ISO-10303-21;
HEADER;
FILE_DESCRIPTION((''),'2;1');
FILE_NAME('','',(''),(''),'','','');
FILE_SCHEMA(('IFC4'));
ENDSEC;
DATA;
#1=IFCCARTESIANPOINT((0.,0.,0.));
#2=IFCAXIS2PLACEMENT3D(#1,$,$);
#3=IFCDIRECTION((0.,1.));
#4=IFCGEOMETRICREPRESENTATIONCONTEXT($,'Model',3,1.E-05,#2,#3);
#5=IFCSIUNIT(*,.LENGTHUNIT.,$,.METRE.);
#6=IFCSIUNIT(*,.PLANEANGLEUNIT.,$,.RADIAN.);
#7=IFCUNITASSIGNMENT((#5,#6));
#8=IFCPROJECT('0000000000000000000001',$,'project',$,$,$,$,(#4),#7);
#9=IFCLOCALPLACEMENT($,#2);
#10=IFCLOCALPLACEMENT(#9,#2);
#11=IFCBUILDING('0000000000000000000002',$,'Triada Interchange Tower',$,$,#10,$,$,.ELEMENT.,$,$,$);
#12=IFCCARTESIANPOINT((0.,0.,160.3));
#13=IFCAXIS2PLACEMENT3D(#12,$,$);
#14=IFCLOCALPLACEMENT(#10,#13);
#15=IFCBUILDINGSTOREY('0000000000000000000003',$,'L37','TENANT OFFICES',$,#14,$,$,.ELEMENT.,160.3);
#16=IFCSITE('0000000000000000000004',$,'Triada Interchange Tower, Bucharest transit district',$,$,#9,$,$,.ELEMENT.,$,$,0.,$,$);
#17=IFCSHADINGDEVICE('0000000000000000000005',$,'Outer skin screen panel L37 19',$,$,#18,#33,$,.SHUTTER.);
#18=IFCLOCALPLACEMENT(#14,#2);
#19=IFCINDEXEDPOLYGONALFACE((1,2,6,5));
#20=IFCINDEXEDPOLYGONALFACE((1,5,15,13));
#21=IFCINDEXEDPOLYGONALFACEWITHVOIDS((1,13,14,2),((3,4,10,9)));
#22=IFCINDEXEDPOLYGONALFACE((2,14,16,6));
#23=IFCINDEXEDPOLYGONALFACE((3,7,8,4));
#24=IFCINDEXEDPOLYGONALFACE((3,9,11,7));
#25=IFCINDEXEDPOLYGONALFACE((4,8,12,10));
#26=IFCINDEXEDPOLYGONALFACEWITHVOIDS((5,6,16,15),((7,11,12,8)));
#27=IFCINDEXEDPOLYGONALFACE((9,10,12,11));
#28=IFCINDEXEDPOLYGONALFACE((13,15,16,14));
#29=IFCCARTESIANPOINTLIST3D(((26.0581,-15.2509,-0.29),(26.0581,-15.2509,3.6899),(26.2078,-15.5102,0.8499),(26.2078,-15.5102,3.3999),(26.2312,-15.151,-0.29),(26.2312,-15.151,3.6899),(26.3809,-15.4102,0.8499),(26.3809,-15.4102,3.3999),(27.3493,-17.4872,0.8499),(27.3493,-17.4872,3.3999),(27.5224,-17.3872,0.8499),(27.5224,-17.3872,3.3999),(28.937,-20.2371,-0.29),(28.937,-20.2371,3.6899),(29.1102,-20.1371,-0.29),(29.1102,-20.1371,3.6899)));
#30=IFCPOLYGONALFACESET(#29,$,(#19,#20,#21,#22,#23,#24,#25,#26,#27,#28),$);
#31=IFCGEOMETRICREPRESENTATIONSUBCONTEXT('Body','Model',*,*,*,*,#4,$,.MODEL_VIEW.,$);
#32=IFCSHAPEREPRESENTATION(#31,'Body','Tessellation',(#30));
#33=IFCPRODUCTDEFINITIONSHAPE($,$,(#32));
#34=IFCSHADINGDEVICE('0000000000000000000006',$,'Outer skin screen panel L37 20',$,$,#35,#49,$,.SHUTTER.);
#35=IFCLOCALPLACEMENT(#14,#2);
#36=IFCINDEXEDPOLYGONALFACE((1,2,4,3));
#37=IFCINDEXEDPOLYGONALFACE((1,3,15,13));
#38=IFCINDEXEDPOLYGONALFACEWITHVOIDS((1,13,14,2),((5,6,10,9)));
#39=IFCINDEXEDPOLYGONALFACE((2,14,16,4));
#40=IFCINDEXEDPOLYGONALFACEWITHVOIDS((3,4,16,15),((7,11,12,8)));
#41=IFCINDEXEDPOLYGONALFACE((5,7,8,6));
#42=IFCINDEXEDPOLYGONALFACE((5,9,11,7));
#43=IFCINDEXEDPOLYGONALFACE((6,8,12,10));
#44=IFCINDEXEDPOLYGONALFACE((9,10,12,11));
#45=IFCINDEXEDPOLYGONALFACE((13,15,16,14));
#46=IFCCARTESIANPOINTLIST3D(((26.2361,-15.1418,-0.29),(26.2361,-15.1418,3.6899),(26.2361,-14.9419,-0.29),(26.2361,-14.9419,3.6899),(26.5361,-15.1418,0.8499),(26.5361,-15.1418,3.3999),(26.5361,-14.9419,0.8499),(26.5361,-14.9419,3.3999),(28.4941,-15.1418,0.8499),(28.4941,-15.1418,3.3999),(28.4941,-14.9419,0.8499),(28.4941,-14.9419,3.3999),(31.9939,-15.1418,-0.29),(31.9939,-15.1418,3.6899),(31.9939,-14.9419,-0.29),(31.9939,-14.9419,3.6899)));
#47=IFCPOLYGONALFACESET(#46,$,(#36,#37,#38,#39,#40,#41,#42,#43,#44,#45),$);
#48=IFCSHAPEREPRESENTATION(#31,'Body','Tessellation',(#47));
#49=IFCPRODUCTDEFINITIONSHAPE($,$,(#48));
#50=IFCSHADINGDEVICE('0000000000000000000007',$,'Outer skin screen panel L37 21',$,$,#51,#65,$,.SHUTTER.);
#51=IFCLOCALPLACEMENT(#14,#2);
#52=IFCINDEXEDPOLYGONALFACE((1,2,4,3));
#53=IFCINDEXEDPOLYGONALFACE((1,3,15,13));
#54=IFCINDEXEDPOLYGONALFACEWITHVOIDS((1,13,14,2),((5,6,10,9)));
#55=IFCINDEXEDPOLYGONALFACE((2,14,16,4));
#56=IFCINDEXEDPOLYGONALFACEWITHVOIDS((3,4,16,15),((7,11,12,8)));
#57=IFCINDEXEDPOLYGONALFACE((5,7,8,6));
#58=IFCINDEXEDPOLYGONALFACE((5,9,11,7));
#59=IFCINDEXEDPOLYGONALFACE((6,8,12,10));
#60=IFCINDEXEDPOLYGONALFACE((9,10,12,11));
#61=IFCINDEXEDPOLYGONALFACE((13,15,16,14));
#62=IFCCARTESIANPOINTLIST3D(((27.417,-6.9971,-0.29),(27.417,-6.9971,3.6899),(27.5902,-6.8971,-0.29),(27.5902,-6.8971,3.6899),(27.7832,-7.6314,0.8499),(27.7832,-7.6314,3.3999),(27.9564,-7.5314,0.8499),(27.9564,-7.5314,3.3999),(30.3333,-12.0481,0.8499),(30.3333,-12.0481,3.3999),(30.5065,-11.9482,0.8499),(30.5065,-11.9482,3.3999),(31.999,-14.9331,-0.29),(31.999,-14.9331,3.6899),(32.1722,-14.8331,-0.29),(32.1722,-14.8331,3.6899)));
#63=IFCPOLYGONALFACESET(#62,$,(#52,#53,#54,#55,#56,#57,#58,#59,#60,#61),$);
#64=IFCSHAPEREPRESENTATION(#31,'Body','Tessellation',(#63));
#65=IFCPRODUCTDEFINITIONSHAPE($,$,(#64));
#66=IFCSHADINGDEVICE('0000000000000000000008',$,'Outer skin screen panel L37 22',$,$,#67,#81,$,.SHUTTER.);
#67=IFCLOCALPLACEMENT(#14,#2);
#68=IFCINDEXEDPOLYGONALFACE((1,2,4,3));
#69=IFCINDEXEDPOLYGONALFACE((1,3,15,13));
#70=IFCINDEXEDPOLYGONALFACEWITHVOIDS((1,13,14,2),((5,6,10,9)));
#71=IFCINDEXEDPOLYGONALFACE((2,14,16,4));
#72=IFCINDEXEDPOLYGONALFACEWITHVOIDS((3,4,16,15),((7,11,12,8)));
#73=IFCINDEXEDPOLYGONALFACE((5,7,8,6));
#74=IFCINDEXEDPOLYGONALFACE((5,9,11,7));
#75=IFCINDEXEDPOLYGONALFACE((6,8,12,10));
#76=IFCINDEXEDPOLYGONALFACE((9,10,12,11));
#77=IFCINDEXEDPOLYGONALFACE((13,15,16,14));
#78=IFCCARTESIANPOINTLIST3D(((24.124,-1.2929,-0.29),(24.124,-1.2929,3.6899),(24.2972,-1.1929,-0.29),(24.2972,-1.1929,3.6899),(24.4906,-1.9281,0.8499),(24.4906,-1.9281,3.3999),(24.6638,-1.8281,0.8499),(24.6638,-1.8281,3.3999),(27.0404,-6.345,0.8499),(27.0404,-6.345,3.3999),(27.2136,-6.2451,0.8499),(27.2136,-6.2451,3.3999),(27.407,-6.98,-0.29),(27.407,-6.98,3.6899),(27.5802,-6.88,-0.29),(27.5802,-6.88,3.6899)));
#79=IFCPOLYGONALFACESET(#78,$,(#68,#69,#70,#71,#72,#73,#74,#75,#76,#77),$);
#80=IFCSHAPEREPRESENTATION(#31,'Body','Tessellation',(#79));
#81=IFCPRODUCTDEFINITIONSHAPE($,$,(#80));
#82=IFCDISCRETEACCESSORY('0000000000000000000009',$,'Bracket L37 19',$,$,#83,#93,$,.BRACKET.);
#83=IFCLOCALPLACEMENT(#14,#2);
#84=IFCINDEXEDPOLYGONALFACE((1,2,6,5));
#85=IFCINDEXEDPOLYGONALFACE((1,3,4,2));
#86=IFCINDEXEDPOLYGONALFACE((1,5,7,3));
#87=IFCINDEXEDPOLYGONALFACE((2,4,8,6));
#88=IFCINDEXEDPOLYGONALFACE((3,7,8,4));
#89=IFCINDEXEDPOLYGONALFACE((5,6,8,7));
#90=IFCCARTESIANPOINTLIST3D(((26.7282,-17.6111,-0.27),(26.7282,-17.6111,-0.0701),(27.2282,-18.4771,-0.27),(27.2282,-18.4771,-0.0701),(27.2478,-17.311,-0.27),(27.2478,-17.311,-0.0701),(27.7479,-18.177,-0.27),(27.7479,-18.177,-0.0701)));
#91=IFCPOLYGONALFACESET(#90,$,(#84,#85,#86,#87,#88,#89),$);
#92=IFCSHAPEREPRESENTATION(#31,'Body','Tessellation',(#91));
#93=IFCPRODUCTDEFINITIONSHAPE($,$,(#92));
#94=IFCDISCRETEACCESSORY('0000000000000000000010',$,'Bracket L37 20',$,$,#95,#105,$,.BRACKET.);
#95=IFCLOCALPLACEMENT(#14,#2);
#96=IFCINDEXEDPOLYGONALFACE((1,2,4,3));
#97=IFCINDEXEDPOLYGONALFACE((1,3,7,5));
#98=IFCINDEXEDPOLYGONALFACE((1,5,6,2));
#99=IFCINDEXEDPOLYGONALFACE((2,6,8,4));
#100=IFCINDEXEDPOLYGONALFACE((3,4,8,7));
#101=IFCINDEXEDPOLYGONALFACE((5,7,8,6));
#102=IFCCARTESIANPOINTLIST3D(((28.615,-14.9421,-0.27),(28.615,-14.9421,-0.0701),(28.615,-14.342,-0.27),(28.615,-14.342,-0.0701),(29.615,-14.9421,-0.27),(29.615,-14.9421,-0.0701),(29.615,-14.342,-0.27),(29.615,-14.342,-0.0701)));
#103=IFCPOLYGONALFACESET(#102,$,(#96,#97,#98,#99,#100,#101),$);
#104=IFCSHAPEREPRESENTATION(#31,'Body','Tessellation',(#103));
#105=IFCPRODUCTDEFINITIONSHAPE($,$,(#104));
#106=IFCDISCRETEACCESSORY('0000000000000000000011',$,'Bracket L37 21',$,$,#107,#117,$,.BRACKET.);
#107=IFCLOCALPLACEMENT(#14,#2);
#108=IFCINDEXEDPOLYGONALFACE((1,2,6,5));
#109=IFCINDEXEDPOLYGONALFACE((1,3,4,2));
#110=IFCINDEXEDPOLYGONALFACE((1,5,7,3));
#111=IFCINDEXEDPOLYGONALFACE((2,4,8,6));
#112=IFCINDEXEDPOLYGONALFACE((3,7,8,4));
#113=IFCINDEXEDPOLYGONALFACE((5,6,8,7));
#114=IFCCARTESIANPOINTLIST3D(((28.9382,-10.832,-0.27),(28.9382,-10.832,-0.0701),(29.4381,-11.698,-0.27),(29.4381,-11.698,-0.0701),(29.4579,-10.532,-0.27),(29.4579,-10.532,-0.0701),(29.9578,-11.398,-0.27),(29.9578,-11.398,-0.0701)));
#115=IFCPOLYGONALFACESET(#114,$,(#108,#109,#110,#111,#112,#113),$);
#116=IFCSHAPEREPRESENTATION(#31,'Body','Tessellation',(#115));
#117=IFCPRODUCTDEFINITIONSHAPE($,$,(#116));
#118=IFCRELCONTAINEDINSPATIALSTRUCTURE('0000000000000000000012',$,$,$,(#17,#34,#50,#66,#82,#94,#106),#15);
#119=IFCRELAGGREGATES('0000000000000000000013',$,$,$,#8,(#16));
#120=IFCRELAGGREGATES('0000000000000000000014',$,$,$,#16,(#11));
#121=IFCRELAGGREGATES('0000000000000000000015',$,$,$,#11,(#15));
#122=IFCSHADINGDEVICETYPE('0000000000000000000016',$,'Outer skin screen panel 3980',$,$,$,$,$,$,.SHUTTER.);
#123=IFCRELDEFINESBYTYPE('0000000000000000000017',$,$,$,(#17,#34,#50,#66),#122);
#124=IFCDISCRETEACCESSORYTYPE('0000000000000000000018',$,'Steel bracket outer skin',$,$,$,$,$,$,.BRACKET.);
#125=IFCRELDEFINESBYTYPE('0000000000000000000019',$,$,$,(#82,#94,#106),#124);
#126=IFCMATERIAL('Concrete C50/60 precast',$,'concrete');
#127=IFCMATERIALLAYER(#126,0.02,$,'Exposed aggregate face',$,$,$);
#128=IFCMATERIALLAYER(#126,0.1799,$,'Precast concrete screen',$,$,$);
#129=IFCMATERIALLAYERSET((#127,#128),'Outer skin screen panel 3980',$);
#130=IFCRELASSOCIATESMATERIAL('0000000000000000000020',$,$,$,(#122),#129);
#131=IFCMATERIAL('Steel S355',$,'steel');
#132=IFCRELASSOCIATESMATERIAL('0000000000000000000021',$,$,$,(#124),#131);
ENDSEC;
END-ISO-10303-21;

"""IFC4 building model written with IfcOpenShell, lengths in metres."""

from ifc_helpers import new_model, si_unit, direction, frame, origin, origin_2d, place, context, subcontext, project, spatial, polyline, rectangle, outline, extrude, material, layer, layer_set, type_object, element, save


model = new_model("IFC4")

# Units and contexts
model_context = context("Model", 3, precision=1e-05, world=origin(), true_north=direction((0.0, 1.0)))
body_context = subcontext(model_context, "Body", "Model", "MODEL_VIEW")
ifc_project = project(units=[si_unit("LENGTHUNIT", "METRE"), si_unit("PLANEANGLEUNIT", "RADIAN")], contexts=[model_context])

# Site, building, storey
site_placement = place(None, origin())
site = spatial("IfcSite", under=ifc_project, at=site_placement, Name="Triada Interchange Tower, Bucharest transit district", CompositionType="ELEMENT", RefElevation=0.0)
building_placement = place(site_placement, origin())
building = spatial("IfcBuilding", under=site, at=building_placement, Name="Triada Interchange Tower", CompositionType="ELEMENT")
storey_placement = place(building_placement, frame((0.0, 0.0, 160.3)))
storey = spatial("IfcBuildingStorey", under=building, at=storey_placement, Name="L37", Description="TENANT OFFICES", CompositionType="ELEMENT", Elevation=160.3)

# Shading devices
ifc_material_1 = material(Name="Concrete C50/60 precast", Category="concrete")
ifc_layer_1 = layer(ifc_material_1, 0.02, Name="Exposed aggregate face")
ifc_layer_2 = layer(ifc_material_1, 0.1799, Name="Precast concrete screen")
ifc_layer_set_1 = layer_set([ifc_layer_1, ifc_layer_2], Name="Outer skin screen panel 3980")
shading_device_type = type_object("IfcShadingDeviceType", Name="Outer skin screen panel 3980", PredefinedType="SHUTTER", material=ifc_layer_set_1)
shading_device_1_placement = place(storey_placement, frame((28.937, -20.2371, -0.29), z_axis=(0.0, 0.0, 1.0), x_axis=(-0.500025, 0.866011, 0.0)))
element("IfcShadingDevice", 1, at=shading_device_1_placement, inside=storey, type_object=shading_device_type, Name="Outer skin screen panel L37 19", PredefinedType="SHUTTER", context=body_context, shape_type="SweptSolid", body=[
    extrude(outline(polyline([(0.0, 0.0), (5.7576, 0.0), (5.7576, 3.98), (0.0, 3.98), (0.0, 0.0)]), holes=[polyline([(3.1753, 1.1399), (3.1753, 3.6899), (5.4583, 3.6899), (5.4583, 1.1399), (3.1753, 1.1399)])]), frame((0.0, 0.0, 0.0), z_axis=(0.0, -1.0, 0.0), x_axis=(1.0, 0.0, 0.0)), (0.0, 0.0, 1.0), 0.2),
])
shading_device_2_placement = place(storey_placement, frame((26.2361, -14.9419, -0.29), z_axis=(0.0, 0.0, 1.0), x_axis=(1.0, 0.0, 0.0)))
element("IfcShadingDevice", 2, at=shading_device_2_placement, inside=storey, type_object=shading_device_type, Name="Outer skin screen panel L37 20", PredefinedType="SHUTTER", context=body_context, shape_type="SweptSolid", body=[
    extrude(outline(polyline([(0.0, 0.0), (5.7578, 0.0), (5.7578, 3.98), (0.0, 3.98), (0.0, 0.0)]), holes=[polyline([(0.3, 1.1399), (0.3, 3.6899), (2.2581, 3.6899), (2.2581, 1.1399), (0.3, 1.1399)])]), frame((0.0, 0.0, 0.0), z_axis=(0.0, -1.0, 0.0), x_axis=(1.0, 0.0, 0.0)), (0.0, 0.0, 1.0), 0.2),
])
shading_device_3_placement = place(storey_placement, frame((31.999, -14.9331, -0.29), z_axis=(0.0, 0.0, 1.0), x_axis=(-0.500013, 0.866018, 0.0)))
element("IfcShadingDevice", 3, at=shading_device_3_placement, inside=storey, type_object=shading_device_type, Name="Outer skin screen panel L37 21", PredefinedType="SHUTTER", context=body_context, shape_type="SweptSolid", body=[
    extrude(outline(polyline([(0.0, 0.0), (9.1638, 0.0), (9.1638, 3.98), (0.0, 3.98), (0.0, 0.0)]), holes=[polyline([(3.3313, 1.1399), (3.3313, 3.6899), (8.4314, 3.6899), (8.4314, 1.1399), (3.3313, 1.1399)])]), frame((0.0, 0.0, 0.0), z_axis=(0.0, -1.0, 0.0), x_axis=(1.0, 0.0, 0.0)), (0.0, 0.0, 1.0), 0.2),
])
shading_device_4_placement = place(storey_placement, frame((27.407, -6.98, -0.29), z_axis=(0.0, 0.0, 1.0), x_axis=(-0.49995, 0.866054, 0.0)))
element("IfcShadingDevice", 4, at=shading_device_4_placement, inside=storey, type_object=shading_device_type, Name="Outer skin screen panel L37 22", PredefinedType="SHUTTER", context=body_context, shape_type="SweptSolid", body=[
    extrude(outline(polyline([(0.0, 0.0), (6.5667, 0.0), (6.5667, 3.98), (0.0, 3.98), (0.0, 0.0)]), holes=[polyline([(0.7332, 1.1399), (0.7332, 3.6899), (5.8333, 3.6899), (5.8333, 1.1399), (0.7332, 1.1399)])]), frame((0.0, 0.0, 0.0), z_axis=(0.0, -1.0, 0.0), x_axis=(1.0, 0.0, 0.0)), (0.0, 0.0, 1.0), 0.2),
])

# Discrete accessories
ifc_material_2 = material(Name="Steel S355", Category="steel")
discrete_accessory_type = type_object("IfcDiscreteAccessoryType", Name="Steel bracket outer skin", PredefinedType="BRACKET", material=ifc_material_2)
for number, where, z_axis, x_axis, name in (
    (5, (27.238, -17.894, -0.27), (0.0, 0.0, 1.0), (0.865973, 0.50009, 0.0), "Bracket L37 19"),
    (6, (29.115, -14.6421, -0.27), (0.0, 0.0, 1.0), (0.0, -1.0, 0.0), "Bracket L37 20"),
    (7, (29.448, -11.115, -0.27), (0.0, 0.0, 1.0), (0.866036, 0.499982, 0.0), "Bracket L37 21"),
):
    element("IfcDiscreteAccessory", number, at=place(storey_placement, frame(where, z_axis=z_axis, x_axis=x_axis)), inside=storey, type_object=discrete_accessory_type, Name=name, PredefinedType="BRACKET", context=body_context, shape_type="SweptSolid", body=[
        extrude(rectangle(XDim=0.6001, YDim=1.0, at=origin_2d()), origin(), (0.0, 0.0, 1.0), 0.2),
    ])

save(model, "model.ifc")
